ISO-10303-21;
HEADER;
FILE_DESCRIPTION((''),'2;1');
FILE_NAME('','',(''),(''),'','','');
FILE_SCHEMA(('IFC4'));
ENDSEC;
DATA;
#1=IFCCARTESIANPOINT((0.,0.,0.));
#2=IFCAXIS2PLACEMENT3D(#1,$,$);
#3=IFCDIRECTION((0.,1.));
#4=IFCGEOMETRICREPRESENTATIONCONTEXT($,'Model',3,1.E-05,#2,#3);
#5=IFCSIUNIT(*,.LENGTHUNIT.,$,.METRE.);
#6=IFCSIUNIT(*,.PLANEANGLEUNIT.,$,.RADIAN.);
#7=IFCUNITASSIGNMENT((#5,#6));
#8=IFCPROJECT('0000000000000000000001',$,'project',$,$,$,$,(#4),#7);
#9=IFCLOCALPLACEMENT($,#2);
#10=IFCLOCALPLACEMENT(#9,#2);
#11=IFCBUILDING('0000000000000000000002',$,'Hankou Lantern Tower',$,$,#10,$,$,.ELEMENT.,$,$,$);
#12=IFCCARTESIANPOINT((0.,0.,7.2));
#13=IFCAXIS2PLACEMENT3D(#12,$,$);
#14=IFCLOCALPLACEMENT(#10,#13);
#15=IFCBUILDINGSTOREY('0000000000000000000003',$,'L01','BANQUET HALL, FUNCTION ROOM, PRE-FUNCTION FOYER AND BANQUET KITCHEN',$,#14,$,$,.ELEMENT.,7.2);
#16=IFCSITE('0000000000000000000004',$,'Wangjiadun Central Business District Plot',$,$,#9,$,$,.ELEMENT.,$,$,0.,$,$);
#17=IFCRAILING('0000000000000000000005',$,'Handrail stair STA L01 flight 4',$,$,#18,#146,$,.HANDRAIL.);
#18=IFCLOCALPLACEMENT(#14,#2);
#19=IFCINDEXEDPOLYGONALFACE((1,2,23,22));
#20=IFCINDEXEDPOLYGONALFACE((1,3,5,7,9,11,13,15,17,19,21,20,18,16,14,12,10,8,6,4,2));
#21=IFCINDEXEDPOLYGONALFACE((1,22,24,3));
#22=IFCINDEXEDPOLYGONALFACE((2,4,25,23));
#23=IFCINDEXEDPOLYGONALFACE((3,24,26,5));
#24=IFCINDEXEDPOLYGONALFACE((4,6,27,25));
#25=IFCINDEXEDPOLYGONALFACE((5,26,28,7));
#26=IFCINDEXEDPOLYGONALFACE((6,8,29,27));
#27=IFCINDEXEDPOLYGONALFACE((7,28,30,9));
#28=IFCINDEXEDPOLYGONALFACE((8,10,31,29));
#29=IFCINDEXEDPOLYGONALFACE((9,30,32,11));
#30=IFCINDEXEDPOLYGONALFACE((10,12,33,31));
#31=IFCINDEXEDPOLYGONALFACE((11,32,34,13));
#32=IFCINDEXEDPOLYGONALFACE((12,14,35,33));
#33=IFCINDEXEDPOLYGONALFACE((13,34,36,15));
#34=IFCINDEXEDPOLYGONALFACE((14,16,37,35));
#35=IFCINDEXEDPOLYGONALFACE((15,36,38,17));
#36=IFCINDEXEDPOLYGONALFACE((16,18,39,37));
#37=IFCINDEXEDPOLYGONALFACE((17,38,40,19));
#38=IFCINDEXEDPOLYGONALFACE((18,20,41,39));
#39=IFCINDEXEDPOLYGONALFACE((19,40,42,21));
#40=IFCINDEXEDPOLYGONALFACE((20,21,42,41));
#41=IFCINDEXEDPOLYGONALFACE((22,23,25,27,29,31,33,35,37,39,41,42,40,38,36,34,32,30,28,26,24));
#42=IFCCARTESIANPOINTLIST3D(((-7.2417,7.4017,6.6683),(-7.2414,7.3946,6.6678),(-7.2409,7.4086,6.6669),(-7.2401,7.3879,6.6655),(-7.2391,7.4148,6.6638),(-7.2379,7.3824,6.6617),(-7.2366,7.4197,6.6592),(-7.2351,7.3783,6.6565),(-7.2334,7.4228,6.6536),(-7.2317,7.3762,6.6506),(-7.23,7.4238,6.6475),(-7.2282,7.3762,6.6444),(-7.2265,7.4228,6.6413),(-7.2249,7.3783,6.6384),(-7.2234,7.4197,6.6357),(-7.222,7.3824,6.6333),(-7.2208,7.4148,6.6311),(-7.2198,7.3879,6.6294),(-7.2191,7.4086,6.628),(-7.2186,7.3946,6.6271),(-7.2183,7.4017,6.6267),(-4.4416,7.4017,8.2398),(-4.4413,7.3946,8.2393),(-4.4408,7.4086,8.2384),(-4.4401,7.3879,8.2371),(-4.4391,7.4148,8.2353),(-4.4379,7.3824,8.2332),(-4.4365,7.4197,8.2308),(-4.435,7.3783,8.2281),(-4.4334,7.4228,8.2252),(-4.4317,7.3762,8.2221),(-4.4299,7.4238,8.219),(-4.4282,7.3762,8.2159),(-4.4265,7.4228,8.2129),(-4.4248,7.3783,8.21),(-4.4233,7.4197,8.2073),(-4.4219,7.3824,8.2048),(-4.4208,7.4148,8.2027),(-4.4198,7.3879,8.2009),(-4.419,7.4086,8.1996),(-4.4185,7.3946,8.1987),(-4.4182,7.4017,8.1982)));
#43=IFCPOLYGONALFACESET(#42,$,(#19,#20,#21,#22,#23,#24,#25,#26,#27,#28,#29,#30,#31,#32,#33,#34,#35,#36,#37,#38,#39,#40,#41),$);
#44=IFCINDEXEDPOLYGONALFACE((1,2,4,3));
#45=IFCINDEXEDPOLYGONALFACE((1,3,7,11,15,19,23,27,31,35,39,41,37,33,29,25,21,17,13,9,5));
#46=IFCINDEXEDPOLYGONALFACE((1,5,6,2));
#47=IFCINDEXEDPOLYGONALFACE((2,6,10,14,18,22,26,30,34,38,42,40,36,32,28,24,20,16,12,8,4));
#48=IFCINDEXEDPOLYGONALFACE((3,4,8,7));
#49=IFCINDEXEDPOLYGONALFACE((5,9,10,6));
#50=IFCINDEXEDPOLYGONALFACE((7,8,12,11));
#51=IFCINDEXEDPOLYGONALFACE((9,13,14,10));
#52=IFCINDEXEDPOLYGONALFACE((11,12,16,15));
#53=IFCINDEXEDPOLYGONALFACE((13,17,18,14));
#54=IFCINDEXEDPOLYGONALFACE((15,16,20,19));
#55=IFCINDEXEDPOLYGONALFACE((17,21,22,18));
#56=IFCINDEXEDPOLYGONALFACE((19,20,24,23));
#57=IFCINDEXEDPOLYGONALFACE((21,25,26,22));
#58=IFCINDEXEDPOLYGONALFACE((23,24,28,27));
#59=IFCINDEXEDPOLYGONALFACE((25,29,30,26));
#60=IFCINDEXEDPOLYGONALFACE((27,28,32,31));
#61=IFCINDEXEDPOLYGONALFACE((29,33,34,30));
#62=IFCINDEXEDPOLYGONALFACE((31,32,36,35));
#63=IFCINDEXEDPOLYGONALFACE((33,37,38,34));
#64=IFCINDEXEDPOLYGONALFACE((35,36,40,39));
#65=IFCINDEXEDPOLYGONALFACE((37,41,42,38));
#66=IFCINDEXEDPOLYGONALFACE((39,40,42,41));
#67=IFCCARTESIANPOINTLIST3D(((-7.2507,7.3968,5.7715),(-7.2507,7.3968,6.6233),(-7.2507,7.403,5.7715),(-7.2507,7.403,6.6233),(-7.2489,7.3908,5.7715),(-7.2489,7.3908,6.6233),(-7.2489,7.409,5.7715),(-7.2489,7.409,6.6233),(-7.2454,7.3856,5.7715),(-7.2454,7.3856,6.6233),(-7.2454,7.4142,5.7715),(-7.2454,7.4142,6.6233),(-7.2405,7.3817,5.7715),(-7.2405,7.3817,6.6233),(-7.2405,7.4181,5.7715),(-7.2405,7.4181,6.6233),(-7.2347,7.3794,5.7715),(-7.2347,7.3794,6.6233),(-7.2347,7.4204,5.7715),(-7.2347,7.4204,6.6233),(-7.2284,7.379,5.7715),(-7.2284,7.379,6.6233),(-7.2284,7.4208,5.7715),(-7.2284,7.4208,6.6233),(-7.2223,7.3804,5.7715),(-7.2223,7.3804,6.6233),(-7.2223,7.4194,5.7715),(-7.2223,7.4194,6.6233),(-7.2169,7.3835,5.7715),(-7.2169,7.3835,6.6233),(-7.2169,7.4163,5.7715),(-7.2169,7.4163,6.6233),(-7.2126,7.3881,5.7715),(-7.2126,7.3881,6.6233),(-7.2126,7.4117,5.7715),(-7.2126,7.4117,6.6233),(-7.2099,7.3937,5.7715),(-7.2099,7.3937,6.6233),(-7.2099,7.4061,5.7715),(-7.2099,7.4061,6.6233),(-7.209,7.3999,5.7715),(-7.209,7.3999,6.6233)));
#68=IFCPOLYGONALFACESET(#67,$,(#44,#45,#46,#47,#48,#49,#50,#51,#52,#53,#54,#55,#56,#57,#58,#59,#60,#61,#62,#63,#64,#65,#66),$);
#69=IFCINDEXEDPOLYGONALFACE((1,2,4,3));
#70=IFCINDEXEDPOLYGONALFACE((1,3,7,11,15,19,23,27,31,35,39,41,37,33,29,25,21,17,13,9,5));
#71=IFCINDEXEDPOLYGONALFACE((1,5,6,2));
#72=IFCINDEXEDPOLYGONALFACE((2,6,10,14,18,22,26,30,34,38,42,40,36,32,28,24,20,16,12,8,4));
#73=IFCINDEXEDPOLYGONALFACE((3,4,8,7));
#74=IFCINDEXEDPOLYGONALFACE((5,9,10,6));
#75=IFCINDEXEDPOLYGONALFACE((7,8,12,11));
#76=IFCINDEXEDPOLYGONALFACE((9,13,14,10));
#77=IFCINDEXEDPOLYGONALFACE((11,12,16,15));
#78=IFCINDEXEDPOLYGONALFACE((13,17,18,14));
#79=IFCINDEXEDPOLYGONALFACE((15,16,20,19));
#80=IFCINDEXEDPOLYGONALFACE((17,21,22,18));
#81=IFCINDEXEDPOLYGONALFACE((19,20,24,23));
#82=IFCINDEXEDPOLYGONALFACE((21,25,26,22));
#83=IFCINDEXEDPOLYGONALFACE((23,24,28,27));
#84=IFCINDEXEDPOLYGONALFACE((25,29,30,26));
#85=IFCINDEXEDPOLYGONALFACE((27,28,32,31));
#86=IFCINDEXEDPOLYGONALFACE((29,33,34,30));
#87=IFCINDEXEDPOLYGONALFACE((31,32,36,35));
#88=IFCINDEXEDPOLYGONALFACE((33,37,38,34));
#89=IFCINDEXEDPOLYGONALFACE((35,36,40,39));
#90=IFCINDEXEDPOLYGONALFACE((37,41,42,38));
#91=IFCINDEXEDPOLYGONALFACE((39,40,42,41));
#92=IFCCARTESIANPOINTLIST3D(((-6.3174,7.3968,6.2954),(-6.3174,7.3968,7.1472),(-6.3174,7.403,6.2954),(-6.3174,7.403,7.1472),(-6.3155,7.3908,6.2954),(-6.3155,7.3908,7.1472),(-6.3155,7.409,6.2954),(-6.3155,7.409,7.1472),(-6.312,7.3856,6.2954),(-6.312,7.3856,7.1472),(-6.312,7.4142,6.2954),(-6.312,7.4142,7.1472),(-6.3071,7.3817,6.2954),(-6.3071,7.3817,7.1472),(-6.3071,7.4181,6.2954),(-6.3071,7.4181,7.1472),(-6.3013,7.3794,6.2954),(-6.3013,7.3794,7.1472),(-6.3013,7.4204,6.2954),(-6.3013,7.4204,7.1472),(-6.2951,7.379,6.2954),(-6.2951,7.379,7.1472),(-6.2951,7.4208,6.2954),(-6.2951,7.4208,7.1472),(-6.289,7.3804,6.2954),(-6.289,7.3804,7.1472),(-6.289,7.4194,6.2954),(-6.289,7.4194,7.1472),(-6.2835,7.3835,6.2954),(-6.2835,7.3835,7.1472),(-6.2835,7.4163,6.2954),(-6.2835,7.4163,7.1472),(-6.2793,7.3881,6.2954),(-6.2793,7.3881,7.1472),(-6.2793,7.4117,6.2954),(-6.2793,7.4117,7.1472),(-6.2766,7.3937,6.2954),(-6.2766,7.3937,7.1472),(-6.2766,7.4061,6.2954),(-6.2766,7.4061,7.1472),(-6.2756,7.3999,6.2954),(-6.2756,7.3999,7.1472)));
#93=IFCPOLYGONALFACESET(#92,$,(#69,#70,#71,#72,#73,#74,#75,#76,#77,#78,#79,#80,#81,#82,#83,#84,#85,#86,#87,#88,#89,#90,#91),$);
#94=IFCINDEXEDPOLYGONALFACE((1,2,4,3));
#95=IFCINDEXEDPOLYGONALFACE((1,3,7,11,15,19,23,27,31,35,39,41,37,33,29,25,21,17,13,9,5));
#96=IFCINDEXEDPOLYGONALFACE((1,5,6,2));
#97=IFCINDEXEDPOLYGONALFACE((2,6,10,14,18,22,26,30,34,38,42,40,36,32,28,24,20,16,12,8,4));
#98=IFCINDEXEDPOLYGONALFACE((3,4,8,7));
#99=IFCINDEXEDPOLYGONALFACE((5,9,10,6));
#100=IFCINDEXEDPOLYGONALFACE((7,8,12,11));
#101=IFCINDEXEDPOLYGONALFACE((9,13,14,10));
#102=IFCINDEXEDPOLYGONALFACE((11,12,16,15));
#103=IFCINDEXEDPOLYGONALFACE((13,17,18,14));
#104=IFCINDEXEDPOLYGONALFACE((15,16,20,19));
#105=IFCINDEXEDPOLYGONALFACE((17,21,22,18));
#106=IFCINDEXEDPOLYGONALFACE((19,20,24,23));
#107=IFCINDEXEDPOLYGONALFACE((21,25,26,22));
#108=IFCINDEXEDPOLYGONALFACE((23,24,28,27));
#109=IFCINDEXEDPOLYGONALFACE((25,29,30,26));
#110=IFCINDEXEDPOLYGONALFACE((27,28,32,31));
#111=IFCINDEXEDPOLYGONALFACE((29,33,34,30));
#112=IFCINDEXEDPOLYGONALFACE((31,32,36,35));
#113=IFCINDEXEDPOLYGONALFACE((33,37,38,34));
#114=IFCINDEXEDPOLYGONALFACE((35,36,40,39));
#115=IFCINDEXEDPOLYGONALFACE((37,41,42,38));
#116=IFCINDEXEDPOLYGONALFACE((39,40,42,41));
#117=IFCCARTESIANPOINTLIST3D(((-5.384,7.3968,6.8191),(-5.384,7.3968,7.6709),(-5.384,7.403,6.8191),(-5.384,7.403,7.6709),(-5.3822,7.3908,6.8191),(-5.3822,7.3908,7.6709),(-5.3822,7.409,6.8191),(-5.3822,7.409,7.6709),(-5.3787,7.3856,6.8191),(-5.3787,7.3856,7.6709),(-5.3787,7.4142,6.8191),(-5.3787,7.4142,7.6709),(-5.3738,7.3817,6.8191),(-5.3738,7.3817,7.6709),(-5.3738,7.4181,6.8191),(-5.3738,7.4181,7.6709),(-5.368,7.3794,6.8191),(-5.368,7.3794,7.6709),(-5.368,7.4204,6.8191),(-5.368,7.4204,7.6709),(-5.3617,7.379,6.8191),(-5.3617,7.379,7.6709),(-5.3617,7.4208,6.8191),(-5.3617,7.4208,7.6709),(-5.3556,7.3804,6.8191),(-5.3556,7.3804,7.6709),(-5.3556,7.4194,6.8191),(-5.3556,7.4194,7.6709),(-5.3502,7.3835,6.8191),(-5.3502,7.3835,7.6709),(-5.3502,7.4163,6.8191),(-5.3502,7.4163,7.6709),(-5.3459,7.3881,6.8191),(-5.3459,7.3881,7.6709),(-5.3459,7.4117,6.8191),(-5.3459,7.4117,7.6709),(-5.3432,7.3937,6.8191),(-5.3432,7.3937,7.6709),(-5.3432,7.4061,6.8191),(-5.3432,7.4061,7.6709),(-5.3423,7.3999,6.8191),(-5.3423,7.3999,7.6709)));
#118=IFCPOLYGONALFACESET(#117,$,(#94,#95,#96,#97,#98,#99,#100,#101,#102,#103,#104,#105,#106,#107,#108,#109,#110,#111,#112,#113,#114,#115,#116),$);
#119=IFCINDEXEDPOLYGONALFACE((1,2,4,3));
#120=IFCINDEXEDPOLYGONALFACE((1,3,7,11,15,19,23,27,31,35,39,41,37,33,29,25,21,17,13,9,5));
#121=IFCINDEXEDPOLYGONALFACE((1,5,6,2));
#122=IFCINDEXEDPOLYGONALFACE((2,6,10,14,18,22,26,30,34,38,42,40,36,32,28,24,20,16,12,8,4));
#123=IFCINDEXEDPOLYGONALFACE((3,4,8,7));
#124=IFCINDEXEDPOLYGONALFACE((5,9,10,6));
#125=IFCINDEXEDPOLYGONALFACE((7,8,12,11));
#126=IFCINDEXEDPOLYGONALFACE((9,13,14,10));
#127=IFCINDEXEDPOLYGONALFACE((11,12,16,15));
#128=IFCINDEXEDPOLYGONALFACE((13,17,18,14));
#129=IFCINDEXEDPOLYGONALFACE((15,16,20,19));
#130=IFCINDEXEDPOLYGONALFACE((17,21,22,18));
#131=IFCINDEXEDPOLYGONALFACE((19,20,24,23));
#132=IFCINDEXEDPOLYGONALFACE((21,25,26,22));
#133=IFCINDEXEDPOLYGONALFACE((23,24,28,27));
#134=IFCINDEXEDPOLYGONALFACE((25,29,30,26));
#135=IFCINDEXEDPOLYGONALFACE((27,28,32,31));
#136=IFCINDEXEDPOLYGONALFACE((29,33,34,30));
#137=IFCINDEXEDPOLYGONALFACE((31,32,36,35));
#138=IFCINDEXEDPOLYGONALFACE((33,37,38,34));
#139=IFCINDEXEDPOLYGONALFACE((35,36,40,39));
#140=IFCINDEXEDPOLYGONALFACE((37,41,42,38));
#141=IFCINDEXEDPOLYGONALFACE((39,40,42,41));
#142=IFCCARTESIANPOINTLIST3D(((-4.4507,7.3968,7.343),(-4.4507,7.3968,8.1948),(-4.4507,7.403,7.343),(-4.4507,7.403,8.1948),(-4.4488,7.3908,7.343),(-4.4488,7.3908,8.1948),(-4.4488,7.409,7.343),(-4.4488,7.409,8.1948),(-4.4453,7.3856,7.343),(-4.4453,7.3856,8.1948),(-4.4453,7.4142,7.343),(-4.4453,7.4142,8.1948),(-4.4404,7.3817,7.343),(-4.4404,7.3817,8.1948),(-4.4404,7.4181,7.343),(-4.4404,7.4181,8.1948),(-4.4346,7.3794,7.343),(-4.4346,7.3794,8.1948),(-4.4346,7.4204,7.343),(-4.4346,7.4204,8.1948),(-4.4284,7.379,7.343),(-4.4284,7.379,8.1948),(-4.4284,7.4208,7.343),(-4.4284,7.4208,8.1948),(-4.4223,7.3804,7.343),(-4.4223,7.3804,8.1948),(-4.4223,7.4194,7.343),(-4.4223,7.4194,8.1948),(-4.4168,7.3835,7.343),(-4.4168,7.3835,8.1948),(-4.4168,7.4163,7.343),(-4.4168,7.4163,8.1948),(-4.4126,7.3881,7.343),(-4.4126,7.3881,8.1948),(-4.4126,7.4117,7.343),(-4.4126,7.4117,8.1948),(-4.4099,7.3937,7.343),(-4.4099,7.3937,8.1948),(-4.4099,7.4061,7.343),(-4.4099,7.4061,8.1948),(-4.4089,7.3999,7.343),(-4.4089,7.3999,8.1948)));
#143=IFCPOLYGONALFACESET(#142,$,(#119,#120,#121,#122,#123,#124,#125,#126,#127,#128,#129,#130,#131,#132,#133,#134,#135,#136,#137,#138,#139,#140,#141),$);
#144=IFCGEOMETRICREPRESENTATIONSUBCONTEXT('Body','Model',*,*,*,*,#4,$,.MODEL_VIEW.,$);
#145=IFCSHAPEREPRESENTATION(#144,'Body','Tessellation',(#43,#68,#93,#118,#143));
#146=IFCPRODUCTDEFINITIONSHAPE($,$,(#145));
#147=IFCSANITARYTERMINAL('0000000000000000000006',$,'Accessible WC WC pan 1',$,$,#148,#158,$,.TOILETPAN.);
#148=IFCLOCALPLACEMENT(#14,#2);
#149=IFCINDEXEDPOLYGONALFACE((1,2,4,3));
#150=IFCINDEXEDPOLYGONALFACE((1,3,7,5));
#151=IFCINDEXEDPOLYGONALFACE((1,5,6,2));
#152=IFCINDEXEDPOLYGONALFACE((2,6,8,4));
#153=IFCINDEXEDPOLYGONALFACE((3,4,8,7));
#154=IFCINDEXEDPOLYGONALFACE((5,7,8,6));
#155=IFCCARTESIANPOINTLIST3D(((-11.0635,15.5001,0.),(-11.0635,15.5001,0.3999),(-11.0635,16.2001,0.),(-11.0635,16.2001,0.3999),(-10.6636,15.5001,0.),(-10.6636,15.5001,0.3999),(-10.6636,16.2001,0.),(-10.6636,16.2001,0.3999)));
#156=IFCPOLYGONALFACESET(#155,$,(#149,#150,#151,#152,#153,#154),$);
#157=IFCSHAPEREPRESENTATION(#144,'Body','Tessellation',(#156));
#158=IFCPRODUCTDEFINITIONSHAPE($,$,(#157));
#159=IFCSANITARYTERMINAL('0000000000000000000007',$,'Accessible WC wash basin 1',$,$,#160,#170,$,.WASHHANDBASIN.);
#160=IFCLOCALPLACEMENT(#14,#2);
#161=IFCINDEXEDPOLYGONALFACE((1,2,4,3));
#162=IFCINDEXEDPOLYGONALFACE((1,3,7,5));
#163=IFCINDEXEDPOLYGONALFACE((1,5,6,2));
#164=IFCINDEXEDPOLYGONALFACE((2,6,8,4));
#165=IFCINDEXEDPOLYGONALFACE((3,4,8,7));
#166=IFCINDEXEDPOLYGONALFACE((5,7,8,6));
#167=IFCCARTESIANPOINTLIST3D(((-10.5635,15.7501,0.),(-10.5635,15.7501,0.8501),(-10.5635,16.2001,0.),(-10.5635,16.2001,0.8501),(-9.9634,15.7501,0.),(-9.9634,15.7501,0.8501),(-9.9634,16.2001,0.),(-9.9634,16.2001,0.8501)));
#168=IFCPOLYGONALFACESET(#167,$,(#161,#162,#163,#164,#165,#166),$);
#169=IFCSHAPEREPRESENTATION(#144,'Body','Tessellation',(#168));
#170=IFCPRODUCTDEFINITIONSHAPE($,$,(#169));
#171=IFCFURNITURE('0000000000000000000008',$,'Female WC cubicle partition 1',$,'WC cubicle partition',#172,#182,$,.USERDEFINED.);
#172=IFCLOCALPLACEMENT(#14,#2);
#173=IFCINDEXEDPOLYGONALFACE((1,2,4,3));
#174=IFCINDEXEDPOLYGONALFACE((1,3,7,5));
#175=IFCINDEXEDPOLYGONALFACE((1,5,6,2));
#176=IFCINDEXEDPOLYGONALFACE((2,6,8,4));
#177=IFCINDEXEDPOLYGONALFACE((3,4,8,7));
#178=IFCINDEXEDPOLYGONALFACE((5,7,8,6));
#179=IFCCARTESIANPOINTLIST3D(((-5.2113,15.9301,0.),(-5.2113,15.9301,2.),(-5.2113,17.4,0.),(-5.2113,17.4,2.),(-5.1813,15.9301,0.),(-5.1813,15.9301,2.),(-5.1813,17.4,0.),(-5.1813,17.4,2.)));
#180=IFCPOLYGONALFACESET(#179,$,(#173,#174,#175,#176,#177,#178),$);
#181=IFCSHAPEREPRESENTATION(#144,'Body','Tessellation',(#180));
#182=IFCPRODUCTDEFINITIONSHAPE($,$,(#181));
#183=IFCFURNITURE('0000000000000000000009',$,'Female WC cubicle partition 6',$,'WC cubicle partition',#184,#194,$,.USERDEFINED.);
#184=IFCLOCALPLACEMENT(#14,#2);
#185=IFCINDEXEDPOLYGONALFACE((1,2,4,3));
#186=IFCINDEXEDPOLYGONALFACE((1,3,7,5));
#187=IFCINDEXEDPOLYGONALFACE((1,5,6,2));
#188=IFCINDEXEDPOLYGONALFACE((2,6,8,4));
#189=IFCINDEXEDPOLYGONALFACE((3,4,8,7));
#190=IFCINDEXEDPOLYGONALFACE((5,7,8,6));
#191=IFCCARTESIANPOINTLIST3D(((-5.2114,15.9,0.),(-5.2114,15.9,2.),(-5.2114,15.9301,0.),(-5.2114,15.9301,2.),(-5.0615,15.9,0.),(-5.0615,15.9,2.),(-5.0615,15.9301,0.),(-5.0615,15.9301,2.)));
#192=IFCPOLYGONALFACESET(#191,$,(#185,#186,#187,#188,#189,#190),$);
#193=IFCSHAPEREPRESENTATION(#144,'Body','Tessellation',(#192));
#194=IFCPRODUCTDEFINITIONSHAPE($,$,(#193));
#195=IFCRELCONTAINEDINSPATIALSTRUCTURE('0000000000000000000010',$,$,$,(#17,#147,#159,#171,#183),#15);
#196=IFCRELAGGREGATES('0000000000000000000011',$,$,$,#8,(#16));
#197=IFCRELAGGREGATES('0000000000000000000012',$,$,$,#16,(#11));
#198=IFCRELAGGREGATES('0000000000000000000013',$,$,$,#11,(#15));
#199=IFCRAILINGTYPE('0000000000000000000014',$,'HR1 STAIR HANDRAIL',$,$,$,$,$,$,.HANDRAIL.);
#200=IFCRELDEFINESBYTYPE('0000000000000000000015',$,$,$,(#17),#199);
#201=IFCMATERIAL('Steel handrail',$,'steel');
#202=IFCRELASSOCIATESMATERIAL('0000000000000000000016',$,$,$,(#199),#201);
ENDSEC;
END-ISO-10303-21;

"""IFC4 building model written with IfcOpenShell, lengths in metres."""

from ifc_helpers import new_model, si_unit, direction, frame, origin, origin_2d, place, context, subcontext, project, spatial, rectangle, circle, extrude, material, type_object, element, save


model = new_model("IFC4")

# Units and contexts
model_context = context("Model", 3, precision=1e-05, world=origin(), true_north=direction((0.0, 1.0)))
body_context = subcontext(model_context, "Body", "Model", "MODEL_VIEW")
ifc_project = project(units=[si_unit("LENGTHUNIT", "METRE"), si_unit("PLANEANGLEUNIT", "RADIAN")], contexts=[model_context])

# Site, building, storey
site_placement = place(None, origin())
site = spatial("IfcSite", under=ifc_project, at=site_placement, Name="Wangjiadun Central Business District Plot", CompositionType="ELEMENT", RefElevation=0.0)
building_placement = place(site_placement, origin())
building = spatial("IfcBuilding", under=site, at=building_placement, Name="Hankou Lantern Tower", CompositionType="ELEMENT")
storey_placement = place(building_placement, frame((0.0, 0.0, 7.2)))
storey = spatial("IfcBuildingStorey", under=building, at=storey_placement, Name="L01", Description="BANQUET HALL, FUNCTION ROOM, PRE-FUNCTION FOYER AND BANQUET KITCHEN", CompositionType="ELEMENT", Elevation=7.2)

# Railing
ifc_material_1 = material(Name="Steel handrail", Category="steel")
railing_type = type_object("IfcRailingType", Name="HR1 STAIR HANDRAIL", PredefinedType="HANDRAIL", material=ifc_material_1)
railing_1_placement = place(storey_placement, frame((-7.23, 7.3999, 5.7715)))
element("IfcRailing", 1, at=railing_1_placement, inside=storey, type_object=railing_type, Name="Handrail stair STA L01 flight 4", PredefinedType="HANDRAIL", context=body_context, shape_type="SweptSolid", body=[
    extrude(circle(Radius=0.0239, at=origin_2d()), frame((0.0, 0.0, 0.876), z_axis=(0.87204, 0.0, 0.489434), x_axis=(0.0, 1.0, 0.0)), (0.0, 0.0, 1.0), 3.2109),
    extrude(circle(Radius=0.021, at=origin_2d()), origin(), (0.0, 0.0, 1.0), 0.8518),
    extrude(circle(Radius=0.021, at=origin_2d()), frame((0.9333, 0.0, 0.5239)), (0.0, 0.0, 1.0), 0.8518),
    extrude(circle(Radius=0.021, at=origin_2d()), frame((1.8667, 0.0, 1.0476)), (0.0, 0.0, 1.0), 0.8518),
    extrude(circle(Radius=0.021, at=origin_2d()), frame((2.8, 0.0, 1.5715)), (0.0, 0.0, 1.0), 0.8518),
])

# Sanitary terminals
sanitary_terminal_1_placement = place(storey_placement, frame((-10.8635, 15.8501, 0.0), z_axis=(0.0, 0.0, 1.0), x_axis=(1.0, 0.0, 0.0)))
element("IfcSanitaryTerminal", 2, at=sanitary_terminal_1_placement, inside=storey, Name="Accessible WC WC pan 1", PredefinedType="TOILETPAN", context=body_context, shape_type="SweptSolid", body=[
    extrude(rectangle(XDim=0.3999, YDim=0.7, at=origin_2d()), origin(), (0.0, 0.0, 1.0), 0.3999),
])
sanitary_terminal_2_placement = place(storey_placement, frame((-10.2634, 15.9751, 0.0), z_axis=(0.0, 0.0, 1.0), x_axis=(1.0, 0.0, 0.0)))
element("IfcSanitaryTerminal", 3, at=sanitary_terminal_2_placement, inside=storey, Name="Accessible WC wash basin 1", PredefinedType="WASHHANDBASIN", context=body_context, shape_type="SweptSolid", body=[
    extrude(rectangle(XDim=0.6001, YDim=0.45, at=origin_2d()), origin(), (0.0, 0.0, 1.0), 0.8501),
])

# Furniture
furniture_1_placement = place(storey_placement, frame((-5.1963, 16.665, 0.0), z_axis=(0.0, 0.0, 1.0), x_axis=(1.0, 0.0, 0.0)))
element("IfcFurniture", 4, at=furniture_1_placement, inside=storey, Name="Female WC cubicle partition 1", ObjectType="WC cubicle partition", PredefinedType="USERDEFINED", context=body_context, shape_type="SweptSolid", body=[
    extrude(rectangle(XDim=0.03, YDim=1.47, at=origin_2d()), origin(), (0.0, 0.0, 1.0), 2.0),
])
furniture_2_placement = place(storey_placement, frame((-5.1365, 15.915, 0.0), z_axis=(0.0, 0.0, 1.0), x_axis=(1.0, 0.0, 0.0)))
element("IfcFurniture", 5, at=furniture_2_placement, inside=storey, Name="Female WC cubicle partition 6", ObjectType="WC cubicle partition", PredefinedType="USERDEFINED", context=body_context, shape_type="SweptSolid", body=[
    extrude(rectangle(XDim=0.1499, YDim=0.03, at=origin_2d()), origin(), (0.0, 0.0, 1.0), 2.0),
])

save(model, "model.ifc")
